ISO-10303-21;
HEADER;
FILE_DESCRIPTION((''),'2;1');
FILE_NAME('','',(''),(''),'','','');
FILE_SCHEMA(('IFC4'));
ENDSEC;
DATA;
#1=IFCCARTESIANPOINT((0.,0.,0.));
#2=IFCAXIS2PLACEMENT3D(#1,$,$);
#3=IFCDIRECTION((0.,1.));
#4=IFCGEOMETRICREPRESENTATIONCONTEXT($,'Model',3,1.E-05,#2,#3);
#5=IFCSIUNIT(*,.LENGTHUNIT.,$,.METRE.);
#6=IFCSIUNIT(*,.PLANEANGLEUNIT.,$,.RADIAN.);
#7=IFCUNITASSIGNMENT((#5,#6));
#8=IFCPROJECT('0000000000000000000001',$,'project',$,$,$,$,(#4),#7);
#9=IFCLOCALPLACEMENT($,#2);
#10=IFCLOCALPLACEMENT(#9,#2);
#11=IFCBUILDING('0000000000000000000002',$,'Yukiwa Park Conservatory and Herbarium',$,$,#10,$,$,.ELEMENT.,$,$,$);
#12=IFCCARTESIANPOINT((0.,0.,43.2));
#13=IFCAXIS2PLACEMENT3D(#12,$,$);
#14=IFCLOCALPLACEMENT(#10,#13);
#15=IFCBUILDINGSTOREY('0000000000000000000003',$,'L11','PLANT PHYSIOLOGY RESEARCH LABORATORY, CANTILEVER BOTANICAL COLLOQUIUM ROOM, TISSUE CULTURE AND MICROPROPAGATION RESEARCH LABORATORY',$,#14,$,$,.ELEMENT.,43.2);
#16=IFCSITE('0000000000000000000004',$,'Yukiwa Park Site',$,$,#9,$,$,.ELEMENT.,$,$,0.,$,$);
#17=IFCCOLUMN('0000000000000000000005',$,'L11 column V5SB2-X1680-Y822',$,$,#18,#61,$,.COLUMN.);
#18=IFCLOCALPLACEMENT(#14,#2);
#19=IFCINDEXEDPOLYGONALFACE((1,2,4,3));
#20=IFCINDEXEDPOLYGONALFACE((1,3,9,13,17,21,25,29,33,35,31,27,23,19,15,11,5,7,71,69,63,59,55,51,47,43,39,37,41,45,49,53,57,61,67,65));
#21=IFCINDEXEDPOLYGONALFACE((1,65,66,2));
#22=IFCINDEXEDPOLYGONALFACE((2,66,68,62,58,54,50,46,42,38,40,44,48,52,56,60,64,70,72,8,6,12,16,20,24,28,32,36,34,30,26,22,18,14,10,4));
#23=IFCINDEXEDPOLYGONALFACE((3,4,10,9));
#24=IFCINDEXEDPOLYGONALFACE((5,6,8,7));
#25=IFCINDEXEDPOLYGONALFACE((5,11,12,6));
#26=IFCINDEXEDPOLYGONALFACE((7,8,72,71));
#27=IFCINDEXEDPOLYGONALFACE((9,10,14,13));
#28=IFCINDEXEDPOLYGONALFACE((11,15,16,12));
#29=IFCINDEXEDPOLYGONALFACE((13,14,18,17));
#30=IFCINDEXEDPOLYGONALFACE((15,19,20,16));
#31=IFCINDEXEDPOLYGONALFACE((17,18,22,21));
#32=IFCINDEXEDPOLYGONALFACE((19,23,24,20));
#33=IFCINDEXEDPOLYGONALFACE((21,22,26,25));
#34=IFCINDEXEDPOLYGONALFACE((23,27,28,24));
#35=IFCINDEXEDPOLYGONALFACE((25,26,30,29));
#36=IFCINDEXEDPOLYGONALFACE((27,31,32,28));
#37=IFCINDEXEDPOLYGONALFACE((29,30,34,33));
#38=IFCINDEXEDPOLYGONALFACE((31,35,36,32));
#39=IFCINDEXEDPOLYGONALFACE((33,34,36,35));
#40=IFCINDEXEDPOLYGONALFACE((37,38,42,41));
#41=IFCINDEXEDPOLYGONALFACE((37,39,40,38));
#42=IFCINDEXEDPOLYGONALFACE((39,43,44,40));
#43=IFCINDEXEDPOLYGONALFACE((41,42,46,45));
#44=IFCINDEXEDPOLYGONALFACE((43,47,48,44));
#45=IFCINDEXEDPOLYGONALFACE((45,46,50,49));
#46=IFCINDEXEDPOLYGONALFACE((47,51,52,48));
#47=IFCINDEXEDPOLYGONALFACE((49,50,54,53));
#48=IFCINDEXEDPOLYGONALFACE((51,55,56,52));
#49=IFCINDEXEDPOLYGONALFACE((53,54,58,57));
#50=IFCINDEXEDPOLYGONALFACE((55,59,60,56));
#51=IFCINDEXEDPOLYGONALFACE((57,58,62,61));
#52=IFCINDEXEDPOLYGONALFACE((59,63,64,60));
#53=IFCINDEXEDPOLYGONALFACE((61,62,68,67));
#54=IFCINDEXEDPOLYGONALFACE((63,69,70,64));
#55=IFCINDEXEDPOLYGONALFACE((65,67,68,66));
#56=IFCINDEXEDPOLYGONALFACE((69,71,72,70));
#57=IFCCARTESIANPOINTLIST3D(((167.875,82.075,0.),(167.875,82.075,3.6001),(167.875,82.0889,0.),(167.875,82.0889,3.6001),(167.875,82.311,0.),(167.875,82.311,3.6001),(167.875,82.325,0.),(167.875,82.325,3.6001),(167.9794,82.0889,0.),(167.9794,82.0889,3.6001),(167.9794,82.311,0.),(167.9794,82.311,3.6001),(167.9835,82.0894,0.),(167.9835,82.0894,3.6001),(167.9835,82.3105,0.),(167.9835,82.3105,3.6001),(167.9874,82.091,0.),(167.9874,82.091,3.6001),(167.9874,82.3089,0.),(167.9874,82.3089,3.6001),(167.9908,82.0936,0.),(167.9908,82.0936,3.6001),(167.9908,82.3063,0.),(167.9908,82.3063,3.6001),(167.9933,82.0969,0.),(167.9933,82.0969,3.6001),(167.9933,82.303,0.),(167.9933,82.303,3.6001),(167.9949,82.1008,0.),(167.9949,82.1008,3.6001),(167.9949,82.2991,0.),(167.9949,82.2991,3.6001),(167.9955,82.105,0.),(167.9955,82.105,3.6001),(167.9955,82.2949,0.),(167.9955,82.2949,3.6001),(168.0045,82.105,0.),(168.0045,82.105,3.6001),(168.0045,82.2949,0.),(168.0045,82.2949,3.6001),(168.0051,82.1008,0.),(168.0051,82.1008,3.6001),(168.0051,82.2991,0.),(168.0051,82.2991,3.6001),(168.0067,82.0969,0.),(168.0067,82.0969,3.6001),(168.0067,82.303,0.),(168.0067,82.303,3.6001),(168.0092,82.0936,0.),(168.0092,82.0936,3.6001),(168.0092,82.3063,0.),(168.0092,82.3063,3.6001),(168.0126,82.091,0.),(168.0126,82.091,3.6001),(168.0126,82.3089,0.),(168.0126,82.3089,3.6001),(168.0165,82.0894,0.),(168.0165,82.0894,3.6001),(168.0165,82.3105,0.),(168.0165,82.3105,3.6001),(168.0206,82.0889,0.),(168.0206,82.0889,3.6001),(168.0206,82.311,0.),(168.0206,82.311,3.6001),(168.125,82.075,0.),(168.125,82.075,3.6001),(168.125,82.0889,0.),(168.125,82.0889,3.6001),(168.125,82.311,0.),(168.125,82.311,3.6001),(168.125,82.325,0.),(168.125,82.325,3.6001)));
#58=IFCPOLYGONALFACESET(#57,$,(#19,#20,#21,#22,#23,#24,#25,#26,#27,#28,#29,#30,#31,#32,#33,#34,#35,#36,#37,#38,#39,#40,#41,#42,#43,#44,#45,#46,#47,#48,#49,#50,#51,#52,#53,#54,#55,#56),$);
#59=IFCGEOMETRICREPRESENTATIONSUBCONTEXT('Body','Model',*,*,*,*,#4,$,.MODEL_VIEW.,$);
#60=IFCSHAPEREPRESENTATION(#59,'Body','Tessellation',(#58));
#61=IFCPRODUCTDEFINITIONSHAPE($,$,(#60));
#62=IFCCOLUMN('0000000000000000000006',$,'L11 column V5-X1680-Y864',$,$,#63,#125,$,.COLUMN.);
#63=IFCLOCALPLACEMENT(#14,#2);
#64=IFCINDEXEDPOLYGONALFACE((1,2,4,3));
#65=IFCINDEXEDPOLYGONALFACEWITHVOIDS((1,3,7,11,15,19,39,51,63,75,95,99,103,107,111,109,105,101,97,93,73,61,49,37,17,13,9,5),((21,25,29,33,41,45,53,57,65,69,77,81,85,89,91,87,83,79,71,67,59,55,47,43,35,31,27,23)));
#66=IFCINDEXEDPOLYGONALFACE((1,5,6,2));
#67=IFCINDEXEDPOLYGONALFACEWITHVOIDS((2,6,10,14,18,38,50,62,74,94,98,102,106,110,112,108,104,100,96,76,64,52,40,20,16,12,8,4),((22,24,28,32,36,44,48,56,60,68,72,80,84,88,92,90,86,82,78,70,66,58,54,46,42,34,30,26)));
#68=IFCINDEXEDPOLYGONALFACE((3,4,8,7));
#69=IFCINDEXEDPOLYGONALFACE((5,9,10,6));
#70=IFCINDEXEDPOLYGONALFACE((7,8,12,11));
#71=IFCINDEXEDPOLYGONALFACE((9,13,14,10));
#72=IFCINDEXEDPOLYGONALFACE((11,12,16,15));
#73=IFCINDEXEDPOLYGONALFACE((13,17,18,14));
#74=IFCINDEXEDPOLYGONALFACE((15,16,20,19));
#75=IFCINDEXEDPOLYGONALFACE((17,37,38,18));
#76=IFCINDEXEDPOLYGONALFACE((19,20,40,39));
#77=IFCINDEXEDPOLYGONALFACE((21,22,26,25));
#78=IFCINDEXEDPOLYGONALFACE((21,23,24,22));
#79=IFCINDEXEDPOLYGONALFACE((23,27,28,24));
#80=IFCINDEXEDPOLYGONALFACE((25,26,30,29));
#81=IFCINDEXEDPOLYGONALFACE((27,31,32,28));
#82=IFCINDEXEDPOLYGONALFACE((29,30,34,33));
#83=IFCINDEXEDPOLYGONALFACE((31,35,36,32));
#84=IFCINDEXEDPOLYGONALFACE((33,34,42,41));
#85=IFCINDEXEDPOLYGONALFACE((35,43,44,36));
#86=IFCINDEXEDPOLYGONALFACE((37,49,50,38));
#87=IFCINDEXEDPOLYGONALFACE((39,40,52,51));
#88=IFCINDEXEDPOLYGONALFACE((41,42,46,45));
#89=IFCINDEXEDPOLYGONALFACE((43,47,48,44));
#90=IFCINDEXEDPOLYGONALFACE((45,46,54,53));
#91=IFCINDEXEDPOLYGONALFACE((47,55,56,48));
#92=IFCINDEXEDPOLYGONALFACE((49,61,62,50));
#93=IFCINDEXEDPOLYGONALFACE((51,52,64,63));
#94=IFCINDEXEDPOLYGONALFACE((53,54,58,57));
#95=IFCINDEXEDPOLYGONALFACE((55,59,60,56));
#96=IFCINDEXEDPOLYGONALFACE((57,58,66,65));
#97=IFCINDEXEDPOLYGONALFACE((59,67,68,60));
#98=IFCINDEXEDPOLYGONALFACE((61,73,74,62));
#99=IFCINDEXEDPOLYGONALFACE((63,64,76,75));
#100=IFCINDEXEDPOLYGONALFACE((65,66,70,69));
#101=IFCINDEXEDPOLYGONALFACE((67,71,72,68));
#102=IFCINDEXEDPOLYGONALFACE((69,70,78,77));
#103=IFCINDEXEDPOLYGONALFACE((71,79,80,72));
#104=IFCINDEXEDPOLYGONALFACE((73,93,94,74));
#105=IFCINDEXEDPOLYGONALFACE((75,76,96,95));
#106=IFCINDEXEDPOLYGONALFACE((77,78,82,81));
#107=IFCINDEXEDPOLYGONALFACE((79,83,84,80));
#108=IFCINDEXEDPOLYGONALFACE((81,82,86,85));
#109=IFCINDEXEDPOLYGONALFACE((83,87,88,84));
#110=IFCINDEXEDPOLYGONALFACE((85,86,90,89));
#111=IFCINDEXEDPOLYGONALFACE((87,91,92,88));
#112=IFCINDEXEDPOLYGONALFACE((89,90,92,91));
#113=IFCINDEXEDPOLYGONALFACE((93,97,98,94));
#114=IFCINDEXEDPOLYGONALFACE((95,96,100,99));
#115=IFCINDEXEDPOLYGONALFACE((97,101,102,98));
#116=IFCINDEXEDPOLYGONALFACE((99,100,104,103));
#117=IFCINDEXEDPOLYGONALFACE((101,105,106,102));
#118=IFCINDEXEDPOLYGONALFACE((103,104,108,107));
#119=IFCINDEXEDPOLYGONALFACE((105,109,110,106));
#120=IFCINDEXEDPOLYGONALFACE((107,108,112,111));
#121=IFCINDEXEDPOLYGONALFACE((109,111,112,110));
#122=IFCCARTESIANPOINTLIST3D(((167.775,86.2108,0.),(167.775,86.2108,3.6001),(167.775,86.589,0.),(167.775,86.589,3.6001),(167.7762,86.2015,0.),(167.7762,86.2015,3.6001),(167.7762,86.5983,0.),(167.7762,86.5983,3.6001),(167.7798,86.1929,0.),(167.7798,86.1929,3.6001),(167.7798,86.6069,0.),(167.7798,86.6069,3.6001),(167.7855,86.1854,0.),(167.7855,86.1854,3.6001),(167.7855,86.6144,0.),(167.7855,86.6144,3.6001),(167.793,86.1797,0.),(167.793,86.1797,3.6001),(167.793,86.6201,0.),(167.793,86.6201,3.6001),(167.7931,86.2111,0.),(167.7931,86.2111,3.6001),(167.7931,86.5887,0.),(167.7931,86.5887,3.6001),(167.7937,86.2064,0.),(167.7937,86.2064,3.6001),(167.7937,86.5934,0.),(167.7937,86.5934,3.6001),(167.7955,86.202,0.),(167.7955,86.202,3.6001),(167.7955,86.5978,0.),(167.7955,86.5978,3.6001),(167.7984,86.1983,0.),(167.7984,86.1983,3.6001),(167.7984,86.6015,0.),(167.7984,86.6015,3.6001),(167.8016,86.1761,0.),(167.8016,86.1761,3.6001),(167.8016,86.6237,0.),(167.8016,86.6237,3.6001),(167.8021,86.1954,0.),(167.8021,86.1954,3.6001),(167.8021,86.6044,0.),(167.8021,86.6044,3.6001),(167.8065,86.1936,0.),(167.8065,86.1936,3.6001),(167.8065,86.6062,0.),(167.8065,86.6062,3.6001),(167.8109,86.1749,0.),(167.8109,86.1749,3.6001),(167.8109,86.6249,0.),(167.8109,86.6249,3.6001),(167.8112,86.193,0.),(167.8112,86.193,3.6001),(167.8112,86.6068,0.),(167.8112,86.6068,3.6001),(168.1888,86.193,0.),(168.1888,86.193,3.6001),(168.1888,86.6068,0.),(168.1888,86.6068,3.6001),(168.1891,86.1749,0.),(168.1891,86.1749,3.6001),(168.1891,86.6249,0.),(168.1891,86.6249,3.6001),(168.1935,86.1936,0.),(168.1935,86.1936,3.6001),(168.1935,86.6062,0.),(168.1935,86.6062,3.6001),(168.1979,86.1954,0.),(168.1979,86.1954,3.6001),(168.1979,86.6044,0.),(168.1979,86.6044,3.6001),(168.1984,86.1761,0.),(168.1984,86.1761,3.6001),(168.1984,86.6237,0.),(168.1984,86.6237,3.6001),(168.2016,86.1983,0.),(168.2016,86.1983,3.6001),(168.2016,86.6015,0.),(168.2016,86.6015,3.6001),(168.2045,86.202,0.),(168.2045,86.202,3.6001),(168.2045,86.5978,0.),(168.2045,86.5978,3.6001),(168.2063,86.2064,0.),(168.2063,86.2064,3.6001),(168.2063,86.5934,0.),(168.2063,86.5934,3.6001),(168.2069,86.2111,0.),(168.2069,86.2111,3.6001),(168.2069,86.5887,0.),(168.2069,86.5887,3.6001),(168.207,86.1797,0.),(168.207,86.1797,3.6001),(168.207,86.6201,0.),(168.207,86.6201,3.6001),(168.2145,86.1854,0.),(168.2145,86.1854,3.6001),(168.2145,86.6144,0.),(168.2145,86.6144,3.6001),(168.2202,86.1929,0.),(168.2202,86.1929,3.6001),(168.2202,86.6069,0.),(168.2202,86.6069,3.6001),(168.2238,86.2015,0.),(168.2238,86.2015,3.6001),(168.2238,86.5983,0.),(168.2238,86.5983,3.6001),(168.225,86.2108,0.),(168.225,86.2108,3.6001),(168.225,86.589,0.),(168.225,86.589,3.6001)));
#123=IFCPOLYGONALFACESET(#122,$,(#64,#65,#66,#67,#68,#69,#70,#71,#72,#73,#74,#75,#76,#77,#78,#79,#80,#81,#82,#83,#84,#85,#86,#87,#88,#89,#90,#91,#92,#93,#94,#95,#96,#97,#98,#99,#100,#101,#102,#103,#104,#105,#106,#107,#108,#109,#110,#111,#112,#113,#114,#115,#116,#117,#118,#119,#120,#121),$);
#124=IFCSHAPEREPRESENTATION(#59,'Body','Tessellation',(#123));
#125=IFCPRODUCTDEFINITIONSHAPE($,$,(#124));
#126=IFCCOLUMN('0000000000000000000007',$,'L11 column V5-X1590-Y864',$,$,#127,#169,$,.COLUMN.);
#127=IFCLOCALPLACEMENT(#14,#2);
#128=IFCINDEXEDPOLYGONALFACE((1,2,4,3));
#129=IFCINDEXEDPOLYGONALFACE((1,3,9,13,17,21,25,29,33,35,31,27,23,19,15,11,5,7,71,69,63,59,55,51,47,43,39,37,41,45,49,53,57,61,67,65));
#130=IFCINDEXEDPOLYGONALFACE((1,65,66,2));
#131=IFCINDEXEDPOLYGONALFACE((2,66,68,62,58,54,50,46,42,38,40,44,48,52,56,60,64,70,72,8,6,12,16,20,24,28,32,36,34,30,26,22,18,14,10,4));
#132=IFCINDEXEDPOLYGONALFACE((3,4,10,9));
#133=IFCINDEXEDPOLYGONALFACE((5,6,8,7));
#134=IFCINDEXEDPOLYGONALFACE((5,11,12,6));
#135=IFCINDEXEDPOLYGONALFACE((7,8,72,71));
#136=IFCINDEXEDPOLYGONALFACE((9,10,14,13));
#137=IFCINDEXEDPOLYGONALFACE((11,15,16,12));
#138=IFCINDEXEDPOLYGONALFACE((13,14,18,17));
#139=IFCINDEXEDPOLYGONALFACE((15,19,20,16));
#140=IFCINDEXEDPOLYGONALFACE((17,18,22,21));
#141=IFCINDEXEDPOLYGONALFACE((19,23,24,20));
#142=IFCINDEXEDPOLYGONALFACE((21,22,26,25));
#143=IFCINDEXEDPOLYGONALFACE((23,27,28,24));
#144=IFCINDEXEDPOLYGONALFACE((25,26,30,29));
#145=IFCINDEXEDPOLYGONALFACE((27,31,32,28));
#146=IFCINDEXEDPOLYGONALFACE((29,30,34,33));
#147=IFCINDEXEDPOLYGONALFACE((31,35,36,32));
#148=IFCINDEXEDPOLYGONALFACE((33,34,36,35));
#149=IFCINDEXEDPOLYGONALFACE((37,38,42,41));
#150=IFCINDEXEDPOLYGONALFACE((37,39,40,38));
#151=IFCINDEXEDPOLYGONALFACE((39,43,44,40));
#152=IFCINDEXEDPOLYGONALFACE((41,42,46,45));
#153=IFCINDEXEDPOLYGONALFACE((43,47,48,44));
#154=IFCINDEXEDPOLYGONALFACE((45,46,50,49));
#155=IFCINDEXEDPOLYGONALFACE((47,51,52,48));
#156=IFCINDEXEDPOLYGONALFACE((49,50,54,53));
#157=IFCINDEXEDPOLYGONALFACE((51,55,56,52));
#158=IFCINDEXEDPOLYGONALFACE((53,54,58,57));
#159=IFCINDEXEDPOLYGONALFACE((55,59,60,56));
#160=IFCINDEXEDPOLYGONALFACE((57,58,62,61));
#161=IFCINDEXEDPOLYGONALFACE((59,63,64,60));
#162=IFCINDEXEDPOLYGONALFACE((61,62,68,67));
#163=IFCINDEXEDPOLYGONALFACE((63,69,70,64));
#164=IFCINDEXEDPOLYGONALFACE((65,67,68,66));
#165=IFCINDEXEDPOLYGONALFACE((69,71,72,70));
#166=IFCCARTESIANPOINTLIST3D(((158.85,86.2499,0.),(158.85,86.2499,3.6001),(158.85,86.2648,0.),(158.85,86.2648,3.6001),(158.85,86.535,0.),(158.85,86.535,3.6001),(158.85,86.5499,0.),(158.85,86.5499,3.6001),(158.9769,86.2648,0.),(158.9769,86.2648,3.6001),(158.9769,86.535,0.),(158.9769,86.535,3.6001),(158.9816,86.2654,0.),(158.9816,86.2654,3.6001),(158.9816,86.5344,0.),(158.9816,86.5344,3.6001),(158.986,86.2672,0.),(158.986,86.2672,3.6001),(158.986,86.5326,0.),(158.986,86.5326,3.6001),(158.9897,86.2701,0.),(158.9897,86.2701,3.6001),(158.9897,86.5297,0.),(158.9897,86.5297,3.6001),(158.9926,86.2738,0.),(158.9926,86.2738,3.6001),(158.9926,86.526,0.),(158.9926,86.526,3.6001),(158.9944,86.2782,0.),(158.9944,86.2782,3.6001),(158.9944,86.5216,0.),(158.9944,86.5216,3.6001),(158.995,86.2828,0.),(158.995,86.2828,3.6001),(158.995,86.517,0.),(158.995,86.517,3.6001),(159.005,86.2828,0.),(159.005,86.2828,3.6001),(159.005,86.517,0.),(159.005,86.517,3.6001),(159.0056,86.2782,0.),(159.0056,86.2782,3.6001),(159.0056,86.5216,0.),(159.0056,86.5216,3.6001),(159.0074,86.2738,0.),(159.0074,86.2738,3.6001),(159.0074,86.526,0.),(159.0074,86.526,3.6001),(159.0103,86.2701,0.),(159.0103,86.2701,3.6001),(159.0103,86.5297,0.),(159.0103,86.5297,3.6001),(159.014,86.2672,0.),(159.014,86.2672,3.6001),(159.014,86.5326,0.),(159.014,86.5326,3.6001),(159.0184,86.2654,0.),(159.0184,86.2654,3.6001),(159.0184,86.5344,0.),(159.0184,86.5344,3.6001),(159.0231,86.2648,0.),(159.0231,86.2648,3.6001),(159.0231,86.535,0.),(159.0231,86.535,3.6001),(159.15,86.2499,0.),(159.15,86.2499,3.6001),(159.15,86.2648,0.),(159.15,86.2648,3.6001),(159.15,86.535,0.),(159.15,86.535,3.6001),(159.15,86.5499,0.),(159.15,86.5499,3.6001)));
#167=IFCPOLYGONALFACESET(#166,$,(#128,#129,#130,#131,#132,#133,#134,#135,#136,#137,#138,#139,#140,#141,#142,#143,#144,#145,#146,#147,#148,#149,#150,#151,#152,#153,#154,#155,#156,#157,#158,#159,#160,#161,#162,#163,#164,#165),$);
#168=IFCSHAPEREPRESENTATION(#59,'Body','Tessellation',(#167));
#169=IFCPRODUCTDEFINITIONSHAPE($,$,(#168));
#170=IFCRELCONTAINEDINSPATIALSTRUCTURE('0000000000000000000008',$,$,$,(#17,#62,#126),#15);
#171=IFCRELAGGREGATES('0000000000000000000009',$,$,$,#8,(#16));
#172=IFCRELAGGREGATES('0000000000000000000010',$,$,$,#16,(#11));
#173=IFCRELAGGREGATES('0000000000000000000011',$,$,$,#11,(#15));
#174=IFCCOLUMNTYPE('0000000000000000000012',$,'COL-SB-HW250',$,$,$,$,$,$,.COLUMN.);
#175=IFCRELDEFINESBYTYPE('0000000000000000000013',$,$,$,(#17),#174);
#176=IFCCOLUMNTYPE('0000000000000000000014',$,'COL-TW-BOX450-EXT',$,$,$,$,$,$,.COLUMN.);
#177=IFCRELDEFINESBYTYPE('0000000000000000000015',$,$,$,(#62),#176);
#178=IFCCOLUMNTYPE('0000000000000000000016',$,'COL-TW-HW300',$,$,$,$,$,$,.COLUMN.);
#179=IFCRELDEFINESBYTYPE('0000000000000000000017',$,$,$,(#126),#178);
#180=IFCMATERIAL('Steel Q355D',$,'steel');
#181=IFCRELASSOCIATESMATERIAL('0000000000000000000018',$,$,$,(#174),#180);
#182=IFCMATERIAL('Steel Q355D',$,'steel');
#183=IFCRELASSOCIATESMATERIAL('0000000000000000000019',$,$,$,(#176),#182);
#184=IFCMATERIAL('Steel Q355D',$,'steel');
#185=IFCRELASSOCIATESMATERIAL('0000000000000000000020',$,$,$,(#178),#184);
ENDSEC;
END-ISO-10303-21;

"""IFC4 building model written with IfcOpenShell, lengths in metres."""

from ifc_helpers import new_model, si_unit, direction, frame, origin, origin_2d, place, context, subcontext, project, spatial, hollow_rectangle, i_section, extrude, material, material_profile, profile_set, type_object, element, save


model = new_model("IFC4")

# Units and contexts
model_context = context("Model", 3, precision=1e-05, world=origin(), true_north=direction((0.0, 1.0)))
body_context = subcontext(model_context, "Body", "Model", "MODEL_VIEW")
ifc_project = project(units=[si_unit("LENGTHUNIT", "METRE"), si_unit("PLANEANGLEUNIT", "RADIAN")], contexts=[model_context])

# Site, building, storey
site_placement = place(None, origin())
site = spatial("IfcSite", under=ifc_project, at=site_placement, Name="Yukiwa Park Site", CompositionType="ELEMENT", RefElevation=0.0)
building_placement = place(site_placement, origin())
building = spatial("IfcBuilding", under=site, at=building_placement, Name="Yukiwa Park Conservatory and Herbarium", CompositionType="ELEMENT")
storey_placement = place(building_placement, frame((0.0, 0.0, 43.2)))
storey = spatial("IfcBuildingStorey", under=building, at=storey_placement, Name="L11", Description="PLANT PHYSIOLOGY RESEARCH LABORATORY, CANTILEVER BOTANICAL COLLOQUIUM ROOM, TISSUE CULTURE AND MICROPROPAGATION RESEARCH LABORATORY", CompositionType="ELEMENT", Elevation=43.2)

# Columns
ifc_material_1 = material(Name="Steel Q355D", Category="steel")
ifc_material_profile_1 = material_profile(ifc_material_1, i_section(OverallWidth=0.25, OverallDepth=0.25, WebThickness=0.009, FlangeThickness=0.0139, FilletRadius=0.0161, at=origin_2d()), Name="HW 250x250x9x14")
ifc_profile_set_1 = profile_set([ifc_material_profile_1], Name="Steel Q355D")
column_type_1 = type_object("IfcColumnType", Name="COL-SB-HW250", PredefinedType="COLUMN", material=ifc_profile_set_1)
column_1_placement = place(storey_placement, frame((168.0, 82.2, 0.0), z_axis=(0.0, 0.0, 1.0), x_axis=(1.0, 0.0, 0.0)))
element("IfcColumn", 1, at=column_1_placement, inside=storey, type_object=column_type_1, Name="L11 column V5SB2-X1680-Y822", PredefinedType="COLUMN", context=body_context, shape_type="SweptSolid", body=[
    extrude(i_section(OverallWidth=0.25, OverallDepth=0.25, WebThickness=0.009, FlangeThickness=0.0139, FilletRadius=0.0161, at=origin_2d()), origin(), (0.0, 0.0, 1.0), 3.6001),
])
ifc_material_2 = material(Name="Steel Q355D", Category="steel")
ifc_material_profile_2 = material_profile(ifc_material_2, hollow_rectangle(XDim=0.45, YDim=0.45, WallThickness=0.0181, InnerFilletRadius=0.0181, OuterFilletRadius=0.0359, at=origin_2d()), Name="BOX 450x450x18")
ifc_profile_set_2 = profile_set([ifc_material_profile_2], Name="Steel Q355D")
column_type_2 = type_object("IfcColumnType", Name="COL-TW-BOX450-EXT", PredefinedType="COLUMN", material=ifc_profile_set_2)
column_2_placement = place(storey_placement, frame((168.0, 86.3999, 0.0), z_axis=(0.0, 0.0, 1.0), x_axis=(1.0, 0.0, 0.0)))
element("IfcColumn", 2, at=column_2_placement, inside=storey, type_object=column_type_2, Name="L11 column V5-X1680-Y864", PredefinedType="COLUMN", context=body_context, shape_type="SweptSolid", body=[
    extrude(hollow_rectangle(XDim=0.45, YDim=0.45, WallThickness=0.0181, InnerFilletRadius=0.0181, OuterFilletRadius=0.0359, at=origin_2d()), origin(), (0.0, 0.0, 1.0), 3.6001),
])
ifc_material_3 = material(Name="Steel Q355D", Category="steel")
ifc_material_profile_3 = material_profile(ifc_material_3, i_section(OverallWidth=0.3, OverallDepth=0.3, WebThickness=0.01, FlangeThickness=0.0149, FilletRadius=0.0181, at=origin_2d()), Name="HW 300x300x10x15")
ifc_profile_set_3 = profile_set([ifc_material_profile_3], Name="Steel Q355D")
column_type_3 = type_object("IfcColumnType", Name="COL-TW-HW300", PredefinedType="COLUMN", material=ifc_profile_set_3)
column_3_placement = place(storey_placement, frame((159.0, 86.3999, 0.0), z_axis=(0.0, 0.0, 1.0), x_axis=(1.0, 0.0, 0.0)))
element("IfcColumn", 3, at=column_3_placement, inside=storey, type_object=column_type_3, Name="L11 column V5-X1590-Y864", PredefinedType="COLUMN", context=body_context, shape_type="SweptSolid", body=[
    extrude(i_section(OverallWidth=0.3, OverallDepth=0.3, WebThickness=0.01, FlangeThickness=0.0149, FilletRadius=0.0181, at=origin_2d()), origin(), (0.0, 0.0, 1.0), 3.6001),
])

save(model, "model.ifc")
